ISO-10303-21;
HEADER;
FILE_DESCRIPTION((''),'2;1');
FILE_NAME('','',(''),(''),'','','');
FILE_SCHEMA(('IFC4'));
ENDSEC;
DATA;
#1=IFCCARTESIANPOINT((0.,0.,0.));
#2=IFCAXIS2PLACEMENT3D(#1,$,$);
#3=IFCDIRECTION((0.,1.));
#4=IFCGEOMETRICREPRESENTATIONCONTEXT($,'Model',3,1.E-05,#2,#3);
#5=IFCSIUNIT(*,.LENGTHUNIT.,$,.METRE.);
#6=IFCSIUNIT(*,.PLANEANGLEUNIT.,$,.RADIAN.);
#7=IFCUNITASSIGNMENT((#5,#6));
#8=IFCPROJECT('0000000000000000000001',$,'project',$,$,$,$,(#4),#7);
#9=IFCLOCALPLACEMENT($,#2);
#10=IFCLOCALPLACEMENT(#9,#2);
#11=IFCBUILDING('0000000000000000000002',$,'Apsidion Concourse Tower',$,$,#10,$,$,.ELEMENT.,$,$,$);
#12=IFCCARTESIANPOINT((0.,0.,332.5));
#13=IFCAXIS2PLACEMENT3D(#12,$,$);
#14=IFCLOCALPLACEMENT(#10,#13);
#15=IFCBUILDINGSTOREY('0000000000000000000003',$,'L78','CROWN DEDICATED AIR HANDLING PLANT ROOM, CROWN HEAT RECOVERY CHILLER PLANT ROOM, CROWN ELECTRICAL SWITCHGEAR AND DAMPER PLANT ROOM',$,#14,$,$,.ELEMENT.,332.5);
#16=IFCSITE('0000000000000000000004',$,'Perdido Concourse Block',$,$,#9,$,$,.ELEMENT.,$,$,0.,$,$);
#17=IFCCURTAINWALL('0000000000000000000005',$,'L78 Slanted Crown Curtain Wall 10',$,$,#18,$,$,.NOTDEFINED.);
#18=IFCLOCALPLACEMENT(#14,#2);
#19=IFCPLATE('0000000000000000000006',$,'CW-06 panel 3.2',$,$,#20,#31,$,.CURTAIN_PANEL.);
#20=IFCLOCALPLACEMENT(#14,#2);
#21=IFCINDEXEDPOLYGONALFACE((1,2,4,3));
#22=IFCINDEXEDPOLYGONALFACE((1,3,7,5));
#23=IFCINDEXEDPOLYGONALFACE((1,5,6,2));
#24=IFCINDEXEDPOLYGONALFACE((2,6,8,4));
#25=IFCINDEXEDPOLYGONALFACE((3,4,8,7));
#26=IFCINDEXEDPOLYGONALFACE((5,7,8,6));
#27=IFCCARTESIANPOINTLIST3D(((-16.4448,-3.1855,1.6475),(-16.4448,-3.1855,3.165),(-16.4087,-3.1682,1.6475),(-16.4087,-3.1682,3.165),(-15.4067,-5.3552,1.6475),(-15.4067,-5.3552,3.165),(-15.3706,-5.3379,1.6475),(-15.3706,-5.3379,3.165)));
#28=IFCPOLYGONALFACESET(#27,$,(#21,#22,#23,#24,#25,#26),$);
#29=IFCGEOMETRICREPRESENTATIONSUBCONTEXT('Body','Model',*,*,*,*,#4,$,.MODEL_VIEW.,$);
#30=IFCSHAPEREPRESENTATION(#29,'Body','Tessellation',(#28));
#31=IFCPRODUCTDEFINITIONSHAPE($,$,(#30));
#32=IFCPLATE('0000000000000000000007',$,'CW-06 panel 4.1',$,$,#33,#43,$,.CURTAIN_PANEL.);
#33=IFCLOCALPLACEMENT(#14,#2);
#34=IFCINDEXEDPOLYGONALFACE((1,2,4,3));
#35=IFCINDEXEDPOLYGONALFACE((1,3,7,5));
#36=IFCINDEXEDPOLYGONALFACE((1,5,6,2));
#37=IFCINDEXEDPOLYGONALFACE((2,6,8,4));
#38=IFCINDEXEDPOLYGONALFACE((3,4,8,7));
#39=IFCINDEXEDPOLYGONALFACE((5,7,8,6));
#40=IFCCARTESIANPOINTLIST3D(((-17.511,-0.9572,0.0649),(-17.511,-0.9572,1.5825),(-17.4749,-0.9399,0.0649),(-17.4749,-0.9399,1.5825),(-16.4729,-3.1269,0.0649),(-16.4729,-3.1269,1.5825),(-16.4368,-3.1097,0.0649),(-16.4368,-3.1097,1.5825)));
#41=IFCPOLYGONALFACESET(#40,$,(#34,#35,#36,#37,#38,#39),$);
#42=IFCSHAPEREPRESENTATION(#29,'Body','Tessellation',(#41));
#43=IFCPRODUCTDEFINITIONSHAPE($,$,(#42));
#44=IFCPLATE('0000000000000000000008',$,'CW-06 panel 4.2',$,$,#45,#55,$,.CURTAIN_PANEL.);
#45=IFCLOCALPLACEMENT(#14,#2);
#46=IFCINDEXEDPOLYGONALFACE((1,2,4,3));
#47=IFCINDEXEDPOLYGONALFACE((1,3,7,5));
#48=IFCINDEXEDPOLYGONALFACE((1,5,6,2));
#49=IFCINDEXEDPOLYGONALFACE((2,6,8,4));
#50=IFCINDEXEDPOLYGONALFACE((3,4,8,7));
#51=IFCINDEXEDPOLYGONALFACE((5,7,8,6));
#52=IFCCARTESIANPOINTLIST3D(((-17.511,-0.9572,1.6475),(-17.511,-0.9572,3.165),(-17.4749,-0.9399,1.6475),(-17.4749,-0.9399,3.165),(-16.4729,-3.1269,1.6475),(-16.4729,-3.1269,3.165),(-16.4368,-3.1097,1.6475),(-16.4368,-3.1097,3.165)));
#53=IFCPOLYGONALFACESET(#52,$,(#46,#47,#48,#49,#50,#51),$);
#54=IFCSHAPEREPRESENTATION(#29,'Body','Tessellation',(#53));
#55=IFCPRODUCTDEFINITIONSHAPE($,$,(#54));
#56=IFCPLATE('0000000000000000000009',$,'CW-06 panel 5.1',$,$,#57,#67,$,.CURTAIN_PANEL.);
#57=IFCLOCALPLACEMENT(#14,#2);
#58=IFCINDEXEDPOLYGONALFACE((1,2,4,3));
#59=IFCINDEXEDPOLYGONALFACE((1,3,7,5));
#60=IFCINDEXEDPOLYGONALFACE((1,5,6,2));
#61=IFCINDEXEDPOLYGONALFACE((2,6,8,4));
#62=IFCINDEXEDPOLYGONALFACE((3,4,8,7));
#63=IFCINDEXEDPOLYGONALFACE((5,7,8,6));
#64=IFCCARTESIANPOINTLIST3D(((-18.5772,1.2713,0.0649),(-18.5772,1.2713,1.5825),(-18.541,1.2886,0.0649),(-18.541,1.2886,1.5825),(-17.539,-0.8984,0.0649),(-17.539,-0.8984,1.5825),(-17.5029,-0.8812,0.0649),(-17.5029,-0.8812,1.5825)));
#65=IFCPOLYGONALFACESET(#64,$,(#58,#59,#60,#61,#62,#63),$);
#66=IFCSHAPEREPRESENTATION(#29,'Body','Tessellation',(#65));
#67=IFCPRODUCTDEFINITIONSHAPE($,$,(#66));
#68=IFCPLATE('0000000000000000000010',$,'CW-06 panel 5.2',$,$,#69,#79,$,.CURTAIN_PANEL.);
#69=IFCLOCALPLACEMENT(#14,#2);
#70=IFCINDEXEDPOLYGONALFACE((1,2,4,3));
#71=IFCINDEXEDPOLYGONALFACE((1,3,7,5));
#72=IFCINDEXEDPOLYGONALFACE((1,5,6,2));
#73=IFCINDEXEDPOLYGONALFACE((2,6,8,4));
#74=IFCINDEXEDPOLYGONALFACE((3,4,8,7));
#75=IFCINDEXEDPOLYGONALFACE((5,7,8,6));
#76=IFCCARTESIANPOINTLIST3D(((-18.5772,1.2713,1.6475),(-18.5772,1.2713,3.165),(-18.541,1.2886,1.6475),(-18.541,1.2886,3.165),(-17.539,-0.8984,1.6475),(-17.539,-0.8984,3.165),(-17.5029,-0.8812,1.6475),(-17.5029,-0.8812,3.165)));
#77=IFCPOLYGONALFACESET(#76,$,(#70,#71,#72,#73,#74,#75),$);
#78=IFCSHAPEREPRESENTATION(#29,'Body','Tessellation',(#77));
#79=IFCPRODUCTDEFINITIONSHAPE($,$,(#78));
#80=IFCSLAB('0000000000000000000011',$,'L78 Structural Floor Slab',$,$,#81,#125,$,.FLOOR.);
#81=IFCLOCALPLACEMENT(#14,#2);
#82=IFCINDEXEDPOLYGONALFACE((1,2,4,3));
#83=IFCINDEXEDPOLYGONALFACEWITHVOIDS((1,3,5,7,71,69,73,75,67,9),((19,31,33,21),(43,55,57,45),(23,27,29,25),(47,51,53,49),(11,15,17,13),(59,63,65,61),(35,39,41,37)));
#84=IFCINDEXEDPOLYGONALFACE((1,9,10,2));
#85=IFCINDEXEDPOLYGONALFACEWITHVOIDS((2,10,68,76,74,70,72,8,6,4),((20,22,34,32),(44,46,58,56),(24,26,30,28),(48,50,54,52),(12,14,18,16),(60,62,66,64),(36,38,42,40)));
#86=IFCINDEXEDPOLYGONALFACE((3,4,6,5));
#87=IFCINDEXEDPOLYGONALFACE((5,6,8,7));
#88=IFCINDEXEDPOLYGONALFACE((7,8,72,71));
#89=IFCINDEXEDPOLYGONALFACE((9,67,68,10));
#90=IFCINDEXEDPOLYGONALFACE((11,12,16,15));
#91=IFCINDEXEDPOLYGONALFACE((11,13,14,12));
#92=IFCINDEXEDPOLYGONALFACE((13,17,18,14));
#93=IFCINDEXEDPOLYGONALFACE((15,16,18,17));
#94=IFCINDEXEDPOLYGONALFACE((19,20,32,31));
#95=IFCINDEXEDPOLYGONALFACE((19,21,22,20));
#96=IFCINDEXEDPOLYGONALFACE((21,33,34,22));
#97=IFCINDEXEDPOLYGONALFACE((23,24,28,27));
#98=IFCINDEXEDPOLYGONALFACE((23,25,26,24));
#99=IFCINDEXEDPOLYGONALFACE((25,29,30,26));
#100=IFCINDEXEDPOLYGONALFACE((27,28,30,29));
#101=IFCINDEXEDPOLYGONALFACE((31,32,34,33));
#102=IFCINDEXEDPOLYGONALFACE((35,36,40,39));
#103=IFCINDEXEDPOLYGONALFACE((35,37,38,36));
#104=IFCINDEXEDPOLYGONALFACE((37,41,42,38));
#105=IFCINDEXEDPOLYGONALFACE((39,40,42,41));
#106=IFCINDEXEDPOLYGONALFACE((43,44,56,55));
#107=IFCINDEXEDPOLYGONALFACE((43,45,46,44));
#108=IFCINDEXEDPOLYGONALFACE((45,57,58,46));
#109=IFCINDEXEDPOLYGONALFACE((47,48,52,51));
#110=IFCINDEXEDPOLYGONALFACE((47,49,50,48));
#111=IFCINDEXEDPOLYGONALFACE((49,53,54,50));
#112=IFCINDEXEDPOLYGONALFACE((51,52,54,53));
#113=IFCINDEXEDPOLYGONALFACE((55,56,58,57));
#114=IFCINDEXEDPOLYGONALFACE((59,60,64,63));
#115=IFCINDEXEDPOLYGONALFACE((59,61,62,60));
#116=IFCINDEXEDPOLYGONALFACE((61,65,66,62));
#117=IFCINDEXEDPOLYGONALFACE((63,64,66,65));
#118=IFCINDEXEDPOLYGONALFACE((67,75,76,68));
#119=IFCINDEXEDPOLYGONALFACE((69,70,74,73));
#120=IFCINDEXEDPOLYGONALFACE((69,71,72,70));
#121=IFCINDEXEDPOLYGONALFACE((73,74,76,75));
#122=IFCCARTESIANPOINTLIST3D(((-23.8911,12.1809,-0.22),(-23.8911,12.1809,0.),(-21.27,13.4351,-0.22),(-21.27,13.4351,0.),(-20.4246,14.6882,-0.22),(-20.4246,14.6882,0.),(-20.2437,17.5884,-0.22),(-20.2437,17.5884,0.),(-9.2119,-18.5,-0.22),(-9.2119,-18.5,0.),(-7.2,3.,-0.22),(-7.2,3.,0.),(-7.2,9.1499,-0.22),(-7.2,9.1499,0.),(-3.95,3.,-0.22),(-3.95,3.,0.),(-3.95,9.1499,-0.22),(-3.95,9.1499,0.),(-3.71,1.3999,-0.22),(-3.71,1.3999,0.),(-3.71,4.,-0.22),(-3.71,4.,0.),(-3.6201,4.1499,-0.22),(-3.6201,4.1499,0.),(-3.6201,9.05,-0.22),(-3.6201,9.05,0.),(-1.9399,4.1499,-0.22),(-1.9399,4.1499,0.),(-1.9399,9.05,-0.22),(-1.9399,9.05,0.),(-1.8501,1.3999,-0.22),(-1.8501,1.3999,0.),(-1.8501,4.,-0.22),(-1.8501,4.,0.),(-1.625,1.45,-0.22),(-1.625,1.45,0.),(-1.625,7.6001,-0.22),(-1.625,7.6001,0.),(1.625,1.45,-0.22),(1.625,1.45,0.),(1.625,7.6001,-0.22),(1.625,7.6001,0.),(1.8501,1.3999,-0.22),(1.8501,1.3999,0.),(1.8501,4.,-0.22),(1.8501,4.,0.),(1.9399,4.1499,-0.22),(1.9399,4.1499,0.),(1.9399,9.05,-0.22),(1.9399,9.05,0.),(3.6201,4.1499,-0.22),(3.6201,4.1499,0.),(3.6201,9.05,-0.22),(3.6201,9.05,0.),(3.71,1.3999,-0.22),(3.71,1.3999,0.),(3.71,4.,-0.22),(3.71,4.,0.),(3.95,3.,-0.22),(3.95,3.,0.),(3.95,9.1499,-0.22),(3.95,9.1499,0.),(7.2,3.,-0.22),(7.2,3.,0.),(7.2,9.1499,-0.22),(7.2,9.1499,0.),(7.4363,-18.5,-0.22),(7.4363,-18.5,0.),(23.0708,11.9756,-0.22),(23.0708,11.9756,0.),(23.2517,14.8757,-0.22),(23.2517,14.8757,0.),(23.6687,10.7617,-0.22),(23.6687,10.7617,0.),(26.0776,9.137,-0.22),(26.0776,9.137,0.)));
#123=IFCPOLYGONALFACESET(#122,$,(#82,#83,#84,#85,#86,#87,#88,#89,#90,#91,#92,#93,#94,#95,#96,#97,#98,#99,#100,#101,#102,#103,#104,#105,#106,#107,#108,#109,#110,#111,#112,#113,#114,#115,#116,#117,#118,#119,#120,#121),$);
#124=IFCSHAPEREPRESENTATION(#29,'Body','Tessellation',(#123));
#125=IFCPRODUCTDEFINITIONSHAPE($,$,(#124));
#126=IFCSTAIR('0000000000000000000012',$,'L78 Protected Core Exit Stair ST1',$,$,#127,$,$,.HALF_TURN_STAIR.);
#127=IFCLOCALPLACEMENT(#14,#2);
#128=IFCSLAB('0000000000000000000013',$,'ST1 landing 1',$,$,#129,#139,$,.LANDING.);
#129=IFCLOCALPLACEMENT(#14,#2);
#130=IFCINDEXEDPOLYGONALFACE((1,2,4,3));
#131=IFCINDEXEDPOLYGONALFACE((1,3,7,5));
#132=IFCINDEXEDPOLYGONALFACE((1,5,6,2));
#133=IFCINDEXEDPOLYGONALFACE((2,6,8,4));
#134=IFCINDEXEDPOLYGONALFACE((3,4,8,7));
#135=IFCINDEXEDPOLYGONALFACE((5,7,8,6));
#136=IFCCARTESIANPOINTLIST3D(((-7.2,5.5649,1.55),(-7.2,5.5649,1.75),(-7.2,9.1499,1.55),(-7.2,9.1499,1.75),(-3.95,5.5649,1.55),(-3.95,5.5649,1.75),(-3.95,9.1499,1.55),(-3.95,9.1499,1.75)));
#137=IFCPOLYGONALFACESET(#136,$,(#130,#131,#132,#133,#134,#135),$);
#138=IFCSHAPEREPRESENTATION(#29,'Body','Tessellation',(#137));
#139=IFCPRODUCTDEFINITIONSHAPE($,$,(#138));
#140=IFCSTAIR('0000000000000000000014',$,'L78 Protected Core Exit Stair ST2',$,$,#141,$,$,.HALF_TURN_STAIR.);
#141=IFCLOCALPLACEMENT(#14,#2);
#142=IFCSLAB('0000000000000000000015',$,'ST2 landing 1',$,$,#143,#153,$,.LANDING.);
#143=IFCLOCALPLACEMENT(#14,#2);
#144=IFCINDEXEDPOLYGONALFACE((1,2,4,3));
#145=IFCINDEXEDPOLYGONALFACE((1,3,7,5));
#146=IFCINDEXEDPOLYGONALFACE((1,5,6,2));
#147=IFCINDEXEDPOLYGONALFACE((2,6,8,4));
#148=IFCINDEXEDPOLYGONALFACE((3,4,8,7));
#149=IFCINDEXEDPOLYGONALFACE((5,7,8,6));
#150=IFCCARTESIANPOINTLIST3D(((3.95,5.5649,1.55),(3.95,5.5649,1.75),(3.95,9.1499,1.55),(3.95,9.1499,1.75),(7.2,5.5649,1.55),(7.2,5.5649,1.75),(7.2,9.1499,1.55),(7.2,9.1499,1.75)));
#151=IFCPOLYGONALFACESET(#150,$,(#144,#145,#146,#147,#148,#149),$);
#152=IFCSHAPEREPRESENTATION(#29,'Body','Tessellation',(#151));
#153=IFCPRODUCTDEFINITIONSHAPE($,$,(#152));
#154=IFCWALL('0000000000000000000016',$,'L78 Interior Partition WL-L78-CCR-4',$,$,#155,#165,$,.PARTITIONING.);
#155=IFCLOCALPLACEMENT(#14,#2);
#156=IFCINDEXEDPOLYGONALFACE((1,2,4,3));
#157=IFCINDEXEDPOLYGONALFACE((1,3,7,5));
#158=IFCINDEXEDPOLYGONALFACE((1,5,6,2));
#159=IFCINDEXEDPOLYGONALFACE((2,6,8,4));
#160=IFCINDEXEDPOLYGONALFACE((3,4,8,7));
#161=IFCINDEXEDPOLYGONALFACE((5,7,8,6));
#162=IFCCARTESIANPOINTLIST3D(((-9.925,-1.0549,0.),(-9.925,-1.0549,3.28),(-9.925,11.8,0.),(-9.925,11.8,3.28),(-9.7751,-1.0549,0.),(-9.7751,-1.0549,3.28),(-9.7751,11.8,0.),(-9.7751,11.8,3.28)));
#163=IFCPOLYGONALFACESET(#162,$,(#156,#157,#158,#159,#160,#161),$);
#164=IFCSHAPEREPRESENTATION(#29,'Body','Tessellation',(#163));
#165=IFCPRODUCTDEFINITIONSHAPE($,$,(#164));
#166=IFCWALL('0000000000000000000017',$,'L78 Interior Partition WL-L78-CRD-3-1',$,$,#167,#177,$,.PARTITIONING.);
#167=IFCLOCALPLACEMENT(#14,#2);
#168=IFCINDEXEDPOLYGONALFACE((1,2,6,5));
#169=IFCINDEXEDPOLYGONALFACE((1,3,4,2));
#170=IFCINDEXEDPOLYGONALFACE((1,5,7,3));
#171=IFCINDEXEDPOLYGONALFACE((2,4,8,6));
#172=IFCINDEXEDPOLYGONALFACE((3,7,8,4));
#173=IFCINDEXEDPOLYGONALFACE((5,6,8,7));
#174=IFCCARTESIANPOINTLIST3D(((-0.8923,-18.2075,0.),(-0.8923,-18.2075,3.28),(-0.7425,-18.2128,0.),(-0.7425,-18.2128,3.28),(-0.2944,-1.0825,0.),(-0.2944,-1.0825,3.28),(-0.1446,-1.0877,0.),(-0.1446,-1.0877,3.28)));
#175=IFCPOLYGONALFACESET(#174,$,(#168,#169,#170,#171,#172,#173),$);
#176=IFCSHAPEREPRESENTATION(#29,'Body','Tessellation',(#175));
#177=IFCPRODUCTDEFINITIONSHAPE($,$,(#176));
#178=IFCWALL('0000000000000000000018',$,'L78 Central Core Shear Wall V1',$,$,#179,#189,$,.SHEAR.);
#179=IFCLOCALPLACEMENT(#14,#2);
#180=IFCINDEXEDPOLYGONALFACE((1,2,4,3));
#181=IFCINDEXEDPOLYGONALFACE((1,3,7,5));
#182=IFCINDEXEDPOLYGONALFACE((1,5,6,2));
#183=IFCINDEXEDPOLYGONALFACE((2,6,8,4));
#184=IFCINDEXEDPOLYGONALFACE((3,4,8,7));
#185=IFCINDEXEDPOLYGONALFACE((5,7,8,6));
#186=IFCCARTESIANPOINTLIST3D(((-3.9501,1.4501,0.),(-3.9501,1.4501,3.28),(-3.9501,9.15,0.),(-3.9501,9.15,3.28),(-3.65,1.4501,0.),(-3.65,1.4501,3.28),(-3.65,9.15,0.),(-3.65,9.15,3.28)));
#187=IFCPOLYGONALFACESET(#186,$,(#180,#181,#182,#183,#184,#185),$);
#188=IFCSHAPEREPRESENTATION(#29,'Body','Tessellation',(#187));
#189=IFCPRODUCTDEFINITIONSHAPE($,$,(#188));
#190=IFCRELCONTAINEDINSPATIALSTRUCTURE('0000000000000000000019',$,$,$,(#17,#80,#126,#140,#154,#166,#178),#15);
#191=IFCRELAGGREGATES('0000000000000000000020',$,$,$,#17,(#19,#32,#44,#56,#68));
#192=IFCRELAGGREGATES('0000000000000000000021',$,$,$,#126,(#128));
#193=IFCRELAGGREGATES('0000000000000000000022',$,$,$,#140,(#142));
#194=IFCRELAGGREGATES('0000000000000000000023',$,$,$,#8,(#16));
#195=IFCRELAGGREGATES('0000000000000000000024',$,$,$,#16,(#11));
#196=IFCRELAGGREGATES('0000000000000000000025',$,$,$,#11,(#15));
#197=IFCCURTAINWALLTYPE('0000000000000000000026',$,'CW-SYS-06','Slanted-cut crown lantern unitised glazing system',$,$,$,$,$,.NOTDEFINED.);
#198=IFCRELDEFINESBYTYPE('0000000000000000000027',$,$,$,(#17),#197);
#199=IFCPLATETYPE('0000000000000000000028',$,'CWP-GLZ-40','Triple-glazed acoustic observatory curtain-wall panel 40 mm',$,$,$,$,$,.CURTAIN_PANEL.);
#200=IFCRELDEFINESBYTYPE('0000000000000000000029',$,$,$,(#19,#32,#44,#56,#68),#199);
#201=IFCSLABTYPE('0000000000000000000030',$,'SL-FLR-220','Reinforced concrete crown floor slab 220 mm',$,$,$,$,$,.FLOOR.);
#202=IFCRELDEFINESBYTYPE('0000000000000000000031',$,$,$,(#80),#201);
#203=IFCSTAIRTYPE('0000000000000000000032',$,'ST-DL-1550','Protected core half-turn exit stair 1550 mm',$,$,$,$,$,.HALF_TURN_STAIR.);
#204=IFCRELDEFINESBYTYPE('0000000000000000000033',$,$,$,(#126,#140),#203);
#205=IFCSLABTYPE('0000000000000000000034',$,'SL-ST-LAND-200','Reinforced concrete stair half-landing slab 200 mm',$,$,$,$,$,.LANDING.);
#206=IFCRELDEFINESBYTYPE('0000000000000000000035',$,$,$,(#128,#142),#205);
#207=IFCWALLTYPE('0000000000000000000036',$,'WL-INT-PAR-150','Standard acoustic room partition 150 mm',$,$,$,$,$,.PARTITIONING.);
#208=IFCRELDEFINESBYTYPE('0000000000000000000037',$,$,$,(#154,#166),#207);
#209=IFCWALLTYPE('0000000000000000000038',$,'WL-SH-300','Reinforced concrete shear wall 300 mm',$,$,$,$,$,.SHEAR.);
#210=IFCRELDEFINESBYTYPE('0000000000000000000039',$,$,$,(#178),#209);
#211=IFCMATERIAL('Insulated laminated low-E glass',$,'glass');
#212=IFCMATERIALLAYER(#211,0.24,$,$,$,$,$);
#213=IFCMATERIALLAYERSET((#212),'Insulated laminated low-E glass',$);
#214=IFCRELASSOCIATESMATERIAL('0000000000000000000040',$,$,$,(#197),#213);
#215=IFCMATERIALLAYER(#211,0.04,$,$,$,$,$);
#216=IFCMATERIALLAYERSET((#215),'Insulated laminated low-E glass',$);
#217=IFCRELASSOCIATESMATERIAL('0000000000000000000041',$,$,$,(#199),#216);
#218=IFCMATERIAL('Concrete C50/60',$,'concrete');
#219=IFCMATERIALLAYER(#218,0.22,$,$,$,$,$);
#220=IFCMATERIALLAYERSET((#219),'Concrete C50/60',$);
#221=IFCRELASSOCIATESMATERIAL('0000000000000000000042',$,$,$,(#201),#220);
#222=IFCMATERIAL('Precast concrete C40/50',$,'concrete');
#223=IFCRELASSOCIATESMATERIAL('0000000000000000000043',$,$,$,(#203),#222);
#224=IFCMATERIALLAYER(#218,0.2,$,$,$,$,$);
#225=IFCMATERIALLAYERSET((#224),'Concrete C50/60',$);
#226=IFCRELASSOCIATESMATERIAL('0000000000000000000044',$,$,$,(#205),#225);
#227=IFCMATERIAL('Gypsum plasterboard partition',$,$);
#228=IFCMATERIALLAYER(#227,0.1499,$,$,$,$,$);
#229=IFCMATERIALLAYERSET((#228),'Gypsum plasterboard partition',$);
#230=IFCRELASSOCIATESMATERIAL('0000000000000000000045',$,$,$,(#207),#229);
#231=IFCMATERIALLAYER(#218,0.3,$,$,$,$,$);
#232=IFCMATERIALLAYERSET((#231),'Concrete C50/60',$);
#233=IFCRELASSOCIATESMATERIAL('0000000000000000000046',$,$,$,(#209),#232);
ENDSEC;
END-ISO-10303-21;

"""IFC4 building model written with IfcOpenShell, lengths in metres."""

from ifc_helpers import new_model, si_unit, direction, frame, frame_2d, origin, origin_2d, place, context, subcontext, project, spatial, polyline, rectangle, outline, extrude, material, layer, layer_set, type_object, element, aggregate, save


model = new_model("IFC4")

# Units and contexts
model_context = context("Model", 3, precision=1e-05, world=origin(), true_north=direction((0.0, 1.0)))
body_context = subcontext(model_context, "Body", "Model", "MODEL_VIEW")
ifc_project = project(units=[si_unit("LENGTHUNIT", "METRE"), si_unit("PLANEANGLEUNIT", "RADIAN")], contexts=[model_context])

# Site, building, storey
site_placement = place(None, origin())
site = spatial("IfcSite", under=ifc_project, at=site_placement, Name="Perdido Concourse Block", CompositionType="ELEMENT", RefElevation=0.0)
building_placement = place(site_placement, origin())
building = spatial("IfcBuilding", under=site, at=building_placement, Name="Apsidion Concourse Tower", CompositionType="ELEMENT")
storey_placement = place(building_placement, frame((0.0, 0.0, 332.5)))
storey = spatial("IfcBuildingStorey", under=building, at=storey_placement, Name="L78", Description="CROWN DEDICATED AIR HANDLING PLANT ROOM, CROWN HEAT RECOVERY CHILLER PLANT ROOM, CROWN ELECTRICAL SWITCHGEAR AND DAMPER PLANT ROOM", CompositionType="ELEMENT", Elevation=332.5)

# Shared definitions
ifc_material_1 = material(Name="Concrete C50/60", Category="concrete")

# Curtain wall, plates
ifc_material_2 = material(Name="Insulated laminated low-E glass", Category="glass")
ifc_layer_1 = layer(ifc_material_2, 0.24)
ifc_layer_set_1 = layer_set([ifc_layer_1], Name="Insulated laminated low-E glass")
curtain_wall_type = type_object("IfcCurtainWallType", Name="CW-SYS-06", Description="Slanted-cut crown lantern unitised glazing system", PredefinedType="NOTDEFINED", material=ifc_layer_set_1)
curtain_wall_placement = place(storey_placement, origin())
curtain_wall = element("IfcCurtainWall", 1, at=curtain_wall_placement, inside=storey, type_object=curtain_wall_type, Name="L78 Slanted Crown Curtain Wall 10", PredefinedType="NOTDEFINED")
ifc_layer_2 = layer(ifc_material_2, 0.04)
ifc_layer_set_2 = layer_set([ifc_layer_2], Name="Insulated laminated low-E glass")
plate_type = type_object("IfcPlateType", Name="CWP-GLZ-40", Description="Triple-glazed acoustic observatory curtain-wall panel 40 mm", PredefinedType="CURTAIN_PANEL", material=ifc_layer_set_2)
plate_1_placement = place(storey_placement, frame((-15.9077, -4.2617, 1.6475), z_axis=(0.0, 0.0, 1.0), x_axis=(-0.431596, 0.902067, 0.0)))
plate_1 = element("IfcPlate", 2, at=plate_1_placement, type_object=plate_type, Name="CW-06 panel 3.2", PredefinedType="CURTAIN_PANEL", context=body_context, shape_type="SweptSolid", body=[
    extrude(rectangle(XDim=2.4053, YDim=0.04, at=origin_2d()), origin(), (0.0, 0.0, 1.0), 1.5176),
])
plate_2_placement = place(storey_placement, frame((-16.9739, -2.0334, 0.0649), z_axis=(0.0, 0.0, 1.0), x_axis=(-0.431596, 0.902067, 0.0)))
plate_2 = element("IfcPlate", 3, at=plate_2_placement, type_object=plate_type, Name="CW-06 panel 4.1", PredefinedType="CURTAIN_PANEL", context=body_context, shape_type="SweptSolid", body=[
    extrude(rectangle(XDim=2.4053, YDim=0.04, at=origin_2d()), origin(), (0.0, 0.0, 1.0), 1.5176),
])
plate_3_placement = place(storey_placement, frame((-16.9739, -2.0334, 1.6475), z_axis=(0.0, 0.0, 1.0), x_axis=(-0.431596, 0.902067, 0.0)))
plate_3 = element("IfcPlate", 4, at=plate_3_placement, type_object=plate_type, Name="CW-06 panel 4.2", PredefinedType="CURTAIN_PANEL", context=body_context, shape_type="SweptSolid", body=[
    extrude(rectangle(XDim=2.4053, YDim=0.04, at=origin_2d()), origin(), (0.0, 0.0, 1.0), 1.5176),
])
plate_4_placement = place(storey_placement, frame((-18.04, 0.1951, 0.0649), z_axis=(0.0, 0.0, 1.0), x_axis=(-0.431596, 0.902067, 0.0)))
plate_4 = element("IfcPlate", 5, at=plate_4_placement, type_object=plate_type, Name="CW-06 panel 5.1", PredefinedType="CURTAIN_PANEL", context=body_context, shape_type="SweptSolid", body=[
    extrude(rectangle(XDim=2.4053, YDim=0.04, at=origin_2d()), origin(), (0.0, 0.0, 1.0), 1.5176),
])
plate_5_placement = place(storey_placement, frame((-18.04, 0.1951, 1.6475), z_axis=(0.0, 0.0, 1.0), x_axis=(-0.431596, 0.902067, 0.0)))
plate_5 = element("IfcPlate", 6, at=plate_5_placement, type_object=plate_type, Name="CW-06 panel 5.2", PredefinedType="CURTAIN_PANEL", context=body_context, shape_type="SweptSolid", body=[
    extrude(rectangle(XDim=2.4053, YDim=0.04, at=origin_2d()), origin(), (0.0, 0.0, 1.0), 1.5176),
])
aggregate(curtain_wall, [plate_1, plate_2, plate_3, plate_4, plate_5])

# Slab
ifc_layer_3 = layer(ifc_material_1, 0.22)
ifc_layer_set_3 = layer_set([ifc_layer_3], Name="Concrete C50/60")
slab_type_1 = type_object("IfcSlabType", Name="SL-FLR-220", Description="Reinforced concrete crown floor slab 220 mm", PredefinedType="FLOOR", material=ifc_layer_set_3)
slab_1_placement = place(storey_placement, frame((0.0, 0.0, -0.22)))
element("IfcSlab", 7, at=slab_1_placement, inside=storey, type_object=slab_type_1, Name="L78 Structural Floor Slab", PredefinedType="FLOOR", context=body_context, shape_type="SweptSolid", body=[
    extrude(outline(polyline([(-23.8911, 12.1809), (-21.27, 13.4351), (-20.4246, 14.6882), (-20.2437, 17.5884), (23.2517, 14.8757), (23.0708, 11.9756), (23.6687, 10.7617), (26.0776, 9.137), (7.4363, -18.5), (-9.2119, -18.5), (-23.8911, 12.1809)]), holes=[polyline([(-3.95, 3.0), (-3.95, 9.1499), (-7.2, 9.1499), (-7.2, 3.0), (-3.95, 3.0)]), polyline([(7.2, 3.0), (7.2, 9.1499), (3.95, 9.1499), (3.95, 3.0), (7.2, 3.0)]), polyline([(-1.625, 7.6001), (-1.625, 1.45), (1.625, 1.45), (1.625, 7.6001), (-1.625, 7.6001)]), polyline([(-3.71, 1.3999), (-1.8501, 1.3999), (-1.8501, 4.0), (-3.71, 4.0), (-3.71, 1.3999)]), polyline([(1.8501, 1.3999), (3.71, 1.3999), (3.71, 4.0), (1.8501, 4.0), (1.8501, 1.3999)]), polyline([(-3.6201, 4.1499), (-1.9399, 4.1499), (-1.9399, 9.05), (-3.6201, 9.05), (-3.6201, 4.1499)]), polyline([(1.9399, 4.1499), (3.6201, 4.1499), (3.6201, 9.05), (1.9399, 9.05), (1.9399, 4.1499)])]), origin(), (0.0, 0.0, 1.0), 0.22),
])

# Stairs, slabs
ifc_material_3 = material(Name="Precast concrete C40/50", Category="concrete")
stair_type = type_object("IfcStairType", Name="ST-DL-1550", Description="Protected core half-turn exit stair 1550 mm", PredefinedType="HALF_TURN_STAIR", material=ifc_material_3)
stair_1_placement = place(storey_placement, origin())
stair_1 = element("IfcStair", 8, at=stair_1_placement, inside=storey, type_object=stair_type, Name="L78 Protected Core Exit Stair ST1", PredefinedType="HALF_TURN_STAIR")
ifc_layer_4 = layer(ifc_material_1, 0.2)
ifc_layer_set_4 = layer_set([ifc_layer_4], Name="Concrete C50/60")
slab_type_2 = type_object("IfcSlabType", Name="SL-ST-LAND-200", Description="Reinforced concrete stair half-landing slab 200 mm", PredefinedType="LANDING", material=ifc_layer_set_4)
slab_2_placement = place(storey_placement, frame((0.0, 0.0, 1.55)))
slab_2 = element("IfcSlab", 9, at=slab_2_placement, type_object=slab_type_2, Name="ST1 landing 1", PredefinedType="LANDING", context=body_context, shape_type="SweptSolid", body=[
    extrude(outline(polyline([(-3.95, 5.5649), (-3.95, 9.1499), (-7.2, 9.1499), (-7.2, 5.5649), (-3.95, 5.5649)])), origin(), (0.0, 0.0, 1.0), 0.2),
])
aggregate(stair_1, [slab_2])
stair_2_placement = place(storey_placement, origin())
stair_2 = element("IfcStair", 10, at=stair_2_placement, inside=storey, type_object=stair_type, Name="L78 Protected Core Exit Stair ST2", PredefinedType="HALF_TURN_STAIR")
slab_3_placement = place(storey_placement, frame((0.0, 0.0, 1.55)))
slab_3 = element("IfcSlab", 11, at=slab_3_placement, type_object=slab_type_2, Name="ST2 landing 1", PredefinedType="LANDING", context=body_context, shape_type="SweptSolid", body=[
    extrude(outline(polyline([(7.2, 5.5649), (7.2, 9.1499), (3.95, 9.1499), (3.95, 5.5649), (7.2, 5.5649)])), origin(), (0.0, 0.0, 1.0), 0.2),
])
aggregate(stair_2, [slab_3])

# Walls
ifc_material_4 = material(Name="Gypsum plasterboard partition")
ifc_layer_5 = layer(ifc_material_4, 0.1499)
ifc_layer_set_5 = layer_set([ifc_layer_5], Name="Gypsum plasterboard partition")
wall_type_1 = type_object("IfcWallType", Name="WL-INT-PAR-150", Description="Standard acoustic room partition 150 mm", PredefinedType="PARTITIONING", material=ifc_layer_set_5)
wall_1_placement = place(storey_placement, frame((-9.8501, -1.0549, 0.0), z_axis=(0.0, 0.0, 1.0), x_axis=(0.0, 1.0, 0.0)))
element("IfcWall", 12, at=wall_1_placement, inside=storey, type_object=wall_type_1, Name="L78 Interior Partition WL-L78-CCR-4", PredefinedType="PARTITIONING", context=body_context, shape_type="SweptSolid", body=[
    extrude(rectangle(XDim=12.855, YDim=0.1499, at=frame_2d((6.4275, 0.0))), origin(), (0.0, 0.0, 1.0), 3.28),
])
wall_2_placement = place(storey_placement, frame((-0.2195, -1.085, 0.0), z_axis=(0.0, 0.0, 1.0), x_axis=(-0.034893, -0.999391, 0.0)))
element("IfcWall", 13, at=wall_2_placement, inside=storey, type_object=wall_type_1, Name="L78 Interior Partition WL-L78-CRD-3-1", PredefinedType="PARTITIONING", context=body_context, shape_type="SweptSolid", body=[
    extrude(rectangle(XDim=17.1355, YDim=0.1499, at=frame_2d((8.5679, 0.0))), origin(), (0.0, 0.0, 1.0), 3.28),
])
ifc_layer_6 = layer(ifc_material_1, 0.3)
ifc_layer_set_6 = layer_set([ifc_layer_6], Name="Concrete C50/60")
wall_type_2 = type_object("IfcWallType", Name="WL-SH-300", Description="Reinforced concrete shear wall 300 mm", PredefinedType="SHEAR", material=ifc_layer_set_6)
wall_3_placement = place(storey_placement, frame((-3.8, 1.45, 0.0), z_axis=(0.0, 0.0, 1.0), x_axis=(0.0, 1.0, 0.0)))
element("IfcWall", 14, at=wall_3_placement, inside=storey, type_object=wall_type_2, Name="L78 Central Core Shear Wall V1", PredefinedType="SHEAR", context=body_context, shape_type="SweptSolid", body=[
    extrude(rectangle(XDim=7.7, YDim=0.3, at=frame_2d((3.8501, 0.0))), origin(), (0.0, 0.0, 1.0), 3.28),
])

save(model, "model.ifc")
